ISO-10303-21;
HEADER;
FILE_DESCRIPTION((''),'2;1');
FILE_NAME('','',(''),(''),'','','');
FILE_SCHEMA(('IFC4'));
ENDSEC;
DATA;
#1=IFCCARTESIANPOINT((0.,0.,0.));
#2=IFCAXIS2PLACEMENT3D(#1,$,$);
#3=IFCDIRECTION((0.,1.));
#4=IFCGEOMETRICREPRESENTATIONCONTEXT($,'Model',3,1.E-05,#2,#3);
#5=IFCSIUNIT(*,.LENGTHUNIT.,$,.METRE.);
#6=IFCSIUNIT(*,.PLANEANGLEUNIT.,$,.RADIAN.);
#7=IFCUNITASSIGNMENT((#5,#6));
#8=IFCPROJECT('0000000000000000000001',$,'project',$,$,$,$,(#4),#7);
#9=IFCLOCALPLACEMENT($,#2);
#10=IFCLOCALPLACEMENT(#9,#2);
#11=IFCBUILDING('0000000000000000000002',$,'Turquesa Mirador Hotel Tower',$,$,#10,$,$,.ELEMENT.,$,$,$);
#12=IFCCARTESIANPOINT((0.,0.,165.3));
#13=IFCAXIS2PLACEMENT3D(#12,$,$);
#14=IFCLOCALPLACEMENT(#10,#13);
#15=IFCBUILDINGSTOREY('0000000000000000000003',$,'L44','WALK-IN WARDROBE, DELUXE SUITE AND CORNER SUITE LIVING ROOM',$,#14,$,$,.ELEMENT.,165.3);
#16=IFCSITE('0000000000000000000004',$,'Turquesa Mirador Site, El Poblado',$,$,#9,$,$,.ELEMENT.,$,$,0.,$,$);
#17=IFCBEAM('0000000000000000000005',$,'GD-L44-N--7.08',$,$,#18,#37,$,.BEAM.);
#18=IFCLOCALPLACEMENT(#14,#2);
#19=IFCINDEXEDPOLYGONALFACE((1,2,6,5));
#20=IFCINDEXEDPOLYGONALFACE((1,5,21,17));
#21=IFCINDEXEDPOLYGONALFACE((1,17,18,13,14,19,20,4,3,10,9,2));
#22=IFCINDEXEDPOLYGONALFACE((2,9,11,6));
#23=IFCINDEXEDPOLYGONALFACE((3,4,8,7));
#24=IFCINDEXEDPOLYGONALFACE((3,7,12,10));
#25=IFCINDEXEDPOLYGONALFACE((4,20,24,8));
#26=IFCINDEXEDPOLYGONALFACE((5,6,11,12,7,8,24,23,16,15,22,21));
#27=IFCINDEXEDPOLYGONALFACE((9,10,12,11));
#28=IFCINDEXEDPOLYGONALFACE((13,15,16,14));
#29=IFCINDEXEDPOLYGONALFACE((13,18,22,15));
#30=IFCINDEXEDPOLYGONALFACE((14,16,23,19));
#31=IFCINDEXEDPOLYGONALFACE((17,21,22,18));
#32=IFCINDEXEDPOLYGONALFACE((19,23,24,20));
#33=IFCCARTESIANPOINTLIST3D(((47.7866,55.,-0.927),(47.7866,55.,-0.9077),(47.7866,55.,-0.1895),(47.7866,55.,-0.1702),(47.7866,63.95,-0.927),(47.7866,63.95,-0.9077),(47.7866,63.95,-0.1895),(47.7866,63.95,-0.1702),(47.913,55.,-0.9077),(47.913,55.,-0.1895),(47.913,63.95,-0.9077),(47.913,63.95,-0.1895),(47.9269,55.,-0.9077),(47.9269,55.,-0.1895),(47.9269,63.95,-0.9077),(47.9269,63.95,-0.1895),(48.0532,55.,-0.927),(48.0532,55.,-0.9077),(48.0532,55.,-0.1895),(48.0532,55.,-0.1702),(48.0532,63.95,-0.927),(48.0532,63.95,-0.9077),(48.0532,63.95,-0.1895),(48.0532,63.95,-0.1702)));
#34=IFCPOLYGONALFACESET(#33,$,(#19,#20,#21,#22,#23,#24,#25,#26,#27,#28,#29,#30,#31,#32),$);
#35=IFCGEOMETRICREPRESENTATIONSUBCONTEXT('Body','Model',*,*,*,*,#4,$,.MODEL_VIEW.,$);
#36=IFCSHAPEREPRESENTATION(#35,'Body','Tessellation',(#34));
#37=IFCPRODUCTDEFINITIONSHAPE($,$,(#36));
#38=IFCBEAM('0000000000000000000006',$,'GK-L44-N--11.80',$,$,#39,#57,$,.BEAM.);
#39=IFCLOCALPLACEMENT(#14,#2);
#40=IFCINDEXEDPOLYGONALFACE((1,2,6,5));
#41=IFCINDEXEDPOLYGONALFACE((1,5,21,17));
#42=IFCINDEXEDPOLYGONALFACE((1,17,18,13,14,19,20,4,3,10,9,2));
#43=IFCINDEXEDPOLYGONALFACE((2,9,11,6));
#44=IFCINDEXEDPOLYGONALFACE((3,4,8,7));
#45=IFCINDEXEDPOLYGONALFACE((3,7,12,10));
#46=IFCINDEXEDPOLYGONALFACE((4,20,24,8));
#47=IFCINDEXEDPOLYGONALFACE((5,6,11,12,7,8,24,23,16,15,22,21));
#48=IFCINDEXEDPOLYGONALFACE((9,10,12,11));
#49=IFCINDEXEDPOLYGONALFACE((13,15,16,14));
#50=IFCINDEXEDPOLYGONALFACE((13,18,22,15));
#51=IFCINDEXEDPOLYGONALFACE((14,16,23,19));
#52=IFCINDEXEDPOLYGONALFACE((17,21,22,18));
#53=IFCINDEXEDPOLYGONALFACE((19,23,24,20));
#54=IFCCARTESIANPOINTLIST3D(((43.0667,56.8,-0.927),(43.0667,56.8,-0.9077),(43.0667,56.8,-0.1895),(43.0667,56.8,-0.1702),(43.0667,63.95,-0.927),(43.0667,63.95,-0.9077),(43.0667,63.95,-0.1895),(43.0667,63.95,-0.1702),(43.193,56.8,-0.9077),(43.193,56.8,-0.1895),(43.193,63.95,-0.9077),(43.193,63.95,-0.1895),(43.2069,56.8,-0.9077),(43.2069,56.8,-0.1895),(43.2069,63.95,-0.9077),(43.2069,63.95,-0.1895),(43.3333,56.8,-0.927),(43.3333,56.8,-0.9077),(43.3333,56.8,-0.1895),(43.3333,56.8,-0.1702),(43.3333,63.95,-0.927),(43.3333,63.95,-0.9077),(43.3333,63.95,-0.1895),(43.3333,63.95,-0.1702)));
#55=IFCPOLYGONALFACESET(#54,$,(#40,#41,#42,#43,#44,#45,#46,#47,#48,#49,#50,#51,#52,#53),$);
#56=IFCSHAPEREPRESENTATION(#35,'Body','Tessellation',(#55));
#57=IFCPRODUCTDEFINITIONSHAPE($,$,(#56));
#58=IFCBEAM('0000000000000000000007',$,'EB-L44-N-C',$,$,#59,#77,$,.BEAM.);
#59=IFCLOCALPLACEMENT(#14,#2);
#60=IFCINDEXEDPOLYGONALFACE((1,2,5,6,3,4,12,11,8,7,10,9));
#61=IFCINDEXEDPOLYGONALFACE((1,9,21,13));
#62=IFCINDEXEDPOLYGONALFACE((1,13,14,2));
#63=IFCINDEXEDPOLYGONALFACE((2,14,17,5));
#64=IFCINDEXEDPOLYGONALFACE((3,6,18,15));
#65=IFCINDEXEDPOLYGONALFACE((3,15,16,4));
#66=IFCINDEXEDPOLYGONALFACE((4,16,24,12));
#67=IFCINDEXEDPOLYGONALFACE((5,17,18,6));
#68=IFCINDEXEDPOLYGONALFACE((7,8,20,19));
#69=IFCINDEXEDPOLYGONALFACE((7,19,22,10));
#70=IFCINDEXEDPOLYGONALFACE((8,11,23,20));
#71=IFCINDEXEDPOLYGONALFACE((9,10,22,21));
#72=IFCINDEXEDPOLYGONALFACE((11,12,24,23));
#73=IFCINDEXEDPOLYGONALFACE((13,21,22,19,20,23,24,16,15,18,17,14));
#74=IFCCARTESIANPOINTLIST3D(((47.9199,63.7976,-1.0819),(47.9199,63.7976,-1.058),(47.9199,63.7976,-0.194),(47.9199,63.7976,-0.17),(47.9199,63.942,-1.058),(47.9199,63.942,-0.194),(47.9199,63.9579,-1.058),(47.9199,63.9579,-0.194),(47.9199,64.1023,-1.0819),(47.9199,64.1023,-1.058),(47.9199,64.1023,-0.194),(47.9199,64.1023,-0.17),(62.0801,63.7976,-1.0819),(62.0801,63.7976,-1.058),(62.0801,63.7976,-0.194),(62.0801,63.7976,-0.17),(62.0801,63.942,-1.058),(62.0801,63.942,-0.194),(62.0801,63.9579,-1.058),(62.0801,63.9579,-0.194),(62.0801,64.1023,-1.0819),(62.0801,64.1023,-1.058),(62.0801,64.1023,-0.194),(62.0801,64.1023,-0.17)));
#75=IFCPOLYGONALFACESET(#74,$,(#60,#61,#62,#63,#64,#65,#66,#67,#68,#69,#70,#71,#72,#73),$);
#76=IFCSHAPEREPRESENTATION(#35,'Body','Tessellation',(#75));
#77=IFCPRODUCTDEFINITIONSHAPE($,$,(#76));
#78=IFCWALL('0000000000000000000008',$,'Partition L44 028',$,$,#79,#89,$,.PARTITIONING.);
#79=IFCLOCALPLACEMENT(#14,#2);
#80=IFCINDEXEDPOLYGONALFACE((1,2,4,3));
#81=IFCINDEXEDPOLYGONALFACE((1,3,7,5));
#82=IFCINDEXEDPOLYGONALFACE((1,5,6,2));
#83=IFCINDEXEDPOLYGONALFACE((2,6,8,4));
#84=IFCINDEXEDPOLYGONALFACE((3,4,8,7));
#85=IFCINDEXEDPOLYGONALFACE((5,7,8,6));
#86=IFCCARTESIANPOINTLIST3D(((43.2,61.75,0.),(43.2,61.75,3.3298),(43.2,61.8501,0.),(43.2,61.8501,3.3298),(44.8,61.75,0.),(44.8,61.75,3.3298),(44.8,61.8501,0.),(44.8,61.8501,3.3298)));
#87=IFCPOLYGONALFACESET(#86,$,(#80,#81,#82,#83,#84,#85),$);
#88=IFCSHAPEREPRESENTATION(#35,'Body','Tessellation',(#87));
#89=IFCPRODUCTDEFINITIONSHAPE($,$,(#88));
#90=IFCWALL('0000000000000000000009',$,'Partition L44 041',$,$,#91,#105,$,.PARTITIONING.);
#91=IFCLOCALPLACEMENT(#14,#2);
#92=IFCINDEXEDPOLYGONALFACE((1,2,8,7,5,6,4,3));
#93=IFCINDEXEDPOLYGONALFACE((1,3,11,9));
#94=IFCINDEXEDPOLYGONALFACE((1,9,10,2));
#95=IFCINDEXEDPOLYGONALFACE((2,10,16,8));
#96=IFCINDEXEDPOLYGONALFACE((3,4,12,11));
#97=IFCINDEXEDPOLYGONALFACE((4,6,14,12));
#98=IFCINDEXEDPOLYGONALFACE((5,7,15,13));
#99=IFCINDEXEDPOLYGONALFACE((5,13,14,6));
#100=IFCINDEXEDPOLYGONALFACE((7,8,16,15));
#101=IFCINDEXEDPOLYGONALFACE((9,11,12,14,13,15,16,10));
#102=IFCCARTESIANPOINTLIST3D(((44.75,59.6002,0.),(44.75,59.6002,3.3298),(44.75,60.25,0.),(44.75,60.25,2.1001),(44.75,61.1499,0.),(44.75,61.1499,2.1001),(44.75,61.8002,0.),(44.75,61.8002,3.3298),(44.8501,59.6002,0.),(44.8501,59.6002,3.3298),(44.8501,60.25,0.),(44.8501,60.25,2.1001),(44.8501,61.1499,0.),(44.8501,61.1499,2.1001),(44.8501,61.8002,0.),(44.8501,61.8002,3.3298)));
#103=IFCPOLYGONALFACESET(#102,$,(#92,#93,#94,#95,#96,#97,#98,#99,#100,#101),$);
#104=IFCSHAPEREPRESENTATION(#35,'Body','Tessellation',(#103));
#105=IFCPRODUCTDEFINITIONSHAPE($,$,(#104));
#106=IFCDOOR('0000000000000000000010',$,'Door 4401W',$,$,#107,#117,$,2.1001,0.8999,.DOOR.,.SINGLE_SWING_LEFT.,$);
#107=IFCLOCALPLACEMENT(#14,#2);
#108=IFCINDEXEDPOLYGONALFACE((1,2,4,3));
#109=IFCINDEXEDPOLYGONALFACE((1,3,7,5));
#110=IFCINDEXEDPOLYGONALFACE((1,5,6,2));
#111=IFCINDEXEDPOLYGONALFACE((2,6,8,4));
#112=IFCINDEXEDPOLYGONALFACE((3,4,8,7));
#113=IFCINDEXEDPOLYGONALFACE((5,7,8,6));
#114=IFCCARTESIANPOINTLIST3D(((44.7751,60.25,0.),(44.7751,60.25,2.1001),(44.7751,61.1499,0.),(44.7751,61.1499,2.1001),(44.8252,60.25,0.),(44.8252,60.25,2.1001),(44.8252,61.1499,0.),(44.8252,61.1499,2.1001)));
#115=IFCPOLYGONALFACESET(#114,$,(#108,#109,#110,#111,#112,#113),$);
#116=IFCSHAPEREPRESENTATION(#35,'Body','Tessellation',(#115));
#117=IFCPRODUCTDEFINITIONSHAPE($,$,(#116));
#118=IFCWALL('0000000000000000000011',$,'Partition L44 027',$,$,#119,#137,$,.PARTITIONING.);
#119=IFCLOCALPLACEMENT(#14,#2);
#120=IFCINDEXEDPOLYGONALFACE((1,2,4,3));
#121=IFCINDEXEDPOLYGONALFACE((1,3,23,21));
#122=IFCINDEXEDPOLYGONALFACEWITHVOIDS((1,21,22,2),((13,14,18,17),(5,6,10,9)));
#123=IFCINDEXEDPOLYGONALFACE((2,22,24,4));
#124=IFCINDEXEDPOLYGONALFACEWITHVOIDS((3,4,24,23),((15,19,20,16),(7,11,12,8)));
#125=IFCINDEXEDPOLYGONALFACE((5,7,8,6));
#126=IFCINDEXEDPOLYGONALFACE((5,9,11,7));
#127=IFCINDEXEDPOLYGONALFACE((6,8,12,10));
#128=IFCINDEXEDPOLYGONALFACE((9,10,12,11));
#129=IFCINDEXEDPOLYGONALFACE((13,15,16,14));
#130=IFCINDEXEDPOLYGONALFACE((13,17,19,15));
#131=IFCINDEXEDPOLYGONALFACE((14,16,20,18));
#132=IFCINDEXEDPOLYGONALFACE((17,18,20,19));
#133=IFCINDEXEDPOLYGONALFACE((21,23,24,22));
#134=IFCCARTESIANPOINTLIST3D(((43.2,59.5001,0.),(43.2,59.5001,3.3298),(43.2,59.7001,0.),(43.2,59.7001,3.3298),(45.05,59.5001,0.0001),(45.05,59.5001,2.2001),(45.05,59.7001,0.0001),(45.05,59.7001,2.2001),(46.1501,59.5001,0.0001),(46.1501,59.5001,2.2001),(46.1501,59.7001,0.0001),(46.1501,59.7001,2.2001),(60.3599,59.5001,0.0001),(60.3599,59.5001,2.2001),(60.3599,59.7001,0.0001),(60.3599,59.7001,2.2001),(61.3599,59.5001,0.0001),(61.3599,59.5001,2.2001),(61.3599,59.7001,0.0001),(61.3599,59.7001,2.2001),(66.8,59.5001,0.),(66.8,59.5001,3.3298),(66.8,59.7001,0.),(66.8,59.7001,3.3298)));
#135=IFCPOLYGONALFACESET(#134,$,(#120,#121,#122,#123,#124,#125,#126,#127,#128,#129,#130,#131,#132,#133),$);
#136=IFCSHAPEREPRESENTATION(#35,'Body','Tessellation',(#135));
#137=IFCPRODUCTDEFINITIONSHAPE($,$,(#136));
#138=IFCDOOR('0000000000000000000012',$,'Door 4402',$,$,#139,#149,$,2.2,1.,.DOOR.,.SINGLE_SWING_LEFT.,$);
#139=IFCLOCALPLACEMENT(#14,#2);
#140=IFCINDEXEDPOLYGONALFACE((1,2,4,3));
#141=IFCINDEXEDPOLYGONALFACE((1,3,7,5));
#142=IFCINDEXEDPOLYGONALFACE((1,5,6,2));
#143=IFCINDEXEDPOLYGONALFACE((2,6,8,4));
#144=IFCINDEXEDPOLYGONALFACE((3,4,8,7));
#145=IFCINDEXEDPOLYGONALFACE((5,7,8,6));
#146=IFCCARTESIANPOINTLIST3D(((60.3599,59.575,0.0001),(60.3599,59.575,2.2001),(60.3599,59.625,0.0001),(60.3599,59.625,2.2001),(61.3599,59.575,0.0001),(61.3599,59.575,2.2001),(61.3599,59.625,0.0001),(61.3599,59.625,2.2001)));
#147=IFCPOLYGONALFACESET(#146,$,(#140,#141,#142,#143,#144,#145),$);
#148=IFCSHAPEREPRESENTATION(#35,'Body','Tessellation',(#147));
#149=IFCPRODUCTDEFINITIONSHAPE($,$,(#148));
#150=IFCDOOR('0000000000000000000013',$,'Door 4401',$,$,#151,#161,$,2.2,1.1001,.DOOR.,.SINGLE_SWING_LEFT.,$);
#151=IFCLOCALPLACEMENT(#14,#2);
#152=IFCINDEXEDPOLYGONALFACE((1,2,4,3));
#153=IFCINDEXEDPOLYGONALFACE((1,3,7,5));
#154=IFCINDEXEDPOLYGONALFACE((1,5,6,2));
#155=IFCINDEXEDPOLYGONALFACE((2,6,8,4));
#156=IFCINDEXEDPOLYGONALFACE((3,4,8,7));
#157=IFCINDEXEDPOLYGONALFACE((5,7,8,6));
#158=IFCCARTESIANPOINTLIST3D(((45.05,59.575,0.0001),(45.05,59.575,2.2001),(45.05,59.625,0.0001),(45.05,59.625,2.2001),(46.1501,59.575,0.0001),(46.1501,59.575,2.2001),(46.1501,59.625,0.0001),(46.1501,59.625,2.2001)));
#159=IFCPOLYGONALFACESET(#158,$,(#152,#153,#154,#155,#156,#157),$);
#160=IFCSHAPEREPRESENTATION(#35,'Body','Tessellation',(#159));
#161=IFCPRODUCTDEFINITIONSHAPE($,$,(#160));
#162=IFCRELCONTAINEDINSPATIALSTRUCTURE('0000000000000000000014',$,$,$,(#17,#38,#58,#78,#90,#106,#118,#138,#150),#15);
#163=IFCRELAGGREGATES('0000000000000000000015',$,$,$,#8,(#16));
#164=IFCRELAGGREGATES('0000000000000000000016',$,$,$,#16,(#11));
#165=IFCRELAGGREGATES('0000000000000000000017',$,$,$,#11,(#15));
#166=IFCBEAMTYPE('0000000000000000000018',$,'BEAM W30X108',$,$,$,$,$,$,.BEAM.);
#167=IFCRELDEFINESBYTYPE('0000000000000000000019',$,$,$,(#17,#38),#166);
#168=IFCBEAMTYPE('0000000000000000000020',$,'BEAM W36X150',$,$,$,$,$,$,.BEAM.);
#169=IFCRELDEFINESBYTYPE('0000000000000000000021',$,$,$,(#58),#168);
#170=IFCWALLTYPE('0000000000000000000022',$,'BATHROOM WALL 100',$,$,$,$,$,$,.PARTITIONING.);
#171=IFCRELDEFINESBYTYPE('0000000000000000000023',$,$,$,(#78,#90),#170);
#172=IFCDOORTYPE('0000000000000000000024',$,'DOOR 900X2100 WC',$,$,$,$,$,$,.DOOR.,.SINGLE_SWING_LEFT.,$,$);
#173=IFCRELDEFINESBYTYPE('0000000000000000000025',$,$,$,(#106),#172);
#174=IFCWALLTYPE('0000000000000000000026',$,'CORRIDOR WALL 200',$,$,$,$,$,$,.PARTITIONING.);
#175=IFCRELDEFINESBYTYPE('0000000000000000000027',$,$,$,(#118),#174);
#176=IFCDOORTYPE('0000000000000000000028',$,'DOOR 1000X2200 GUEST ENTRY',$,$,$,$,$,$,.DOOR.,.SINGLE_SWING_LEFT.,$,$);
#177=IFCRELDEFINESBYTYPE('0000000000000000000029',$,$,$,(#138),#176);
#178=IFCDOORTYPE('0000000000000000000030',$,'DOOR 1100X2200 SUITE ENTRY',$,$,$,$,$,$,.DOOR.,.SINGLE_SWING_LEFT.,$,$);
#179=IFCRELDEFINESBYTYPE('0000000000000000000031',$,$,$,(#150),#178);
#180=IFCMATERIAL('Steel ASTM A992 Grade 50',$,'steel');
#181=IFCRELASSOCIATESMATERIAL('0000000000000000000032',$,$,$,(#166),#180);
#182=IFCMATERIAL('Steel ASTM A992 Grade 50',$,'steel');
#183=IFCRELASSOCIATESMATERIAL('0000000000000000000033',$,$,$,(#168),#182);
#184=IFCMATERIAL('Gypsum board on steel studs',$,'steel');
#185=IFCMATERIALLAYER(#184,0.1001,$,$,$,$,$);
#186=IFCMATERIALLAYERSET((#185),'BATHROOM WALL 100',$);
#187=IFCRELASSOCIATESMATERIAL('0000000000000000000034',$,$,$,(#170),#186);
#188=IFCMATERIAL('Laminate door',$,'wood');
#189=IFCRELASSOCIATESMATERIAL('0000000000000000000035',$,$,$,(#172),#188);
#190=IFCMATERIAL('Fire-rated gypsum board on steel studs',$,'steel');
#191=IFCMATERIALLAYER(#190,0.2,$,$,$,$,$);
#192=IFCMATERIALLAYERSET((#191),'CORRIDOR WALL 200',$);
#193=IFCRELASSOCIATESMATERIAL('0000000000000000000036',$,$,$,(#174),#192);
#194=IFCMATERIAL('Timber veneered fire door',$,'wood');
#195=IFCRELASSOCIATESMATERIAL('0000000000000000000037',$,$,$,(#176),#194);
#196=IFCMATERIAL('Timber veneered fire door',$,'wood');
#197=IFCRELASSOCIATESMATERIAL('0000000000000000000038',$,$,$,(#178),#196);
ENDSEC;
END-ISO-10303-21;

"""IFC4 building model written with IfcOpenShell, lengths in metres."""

from ifc_helpers import new_model, si_unit, direction, frame, frame_2d, origin, origin_2d, place, context, subcontext, project, spatial, rectangle, i_section, extrude, material, layer, layer_set, material_profile, profile_set, type_object, element, fill, save


model = new_model("IFC4")

# Units and contexts
model_context = context("Model", 3, precision=1e-05, world=origin(), true_north=direction((0.0, 1.0)))
body_context = subcontext(model_context, "Body", "Model", "MODEL_VIEW")
ifc_project = project(units=[si_unit("LENGTHUNIT", "METRE"), si_unit("PLANEANGLEUNIT", "RADIAN")], contexts=[model_context])

# Site, building, storey
site_placement = place(None, origin())
site = spatial("IfcSite", under=ifc_project, at=site_placement, Name="Turquesa Mirador Site, El Poblado", CompositionType="ELEMENT", RefElevation=0.0)
building_placement = place(site_placement, origin())
building = spatial("IfcBuilding", under=site, at=building_placement, Name="Turquesa Mirador Hotel Tower", CompositionType="ELEMENT")
storey_placement = place(building_placement, frame((0.0, 0.0, 165.3)))
storey = spatial("IfcBuildingStorey", under=building, at=storey_placement, Name="L44", Description="WALK-IN WARDROBE, DELUXE SUITE AND CORNER SUITE LIVING ROOM", CompositionType="ELEMENT", Elevation=165.3)

# Beams
ifc_material_1 = material(Name="Steel ASTM A992 Grade 50", Category="steel")
ifc_material_profile_1 = material_profile(ifc_material_1, i_section(OverallWidth=0.2666, OverallDepth=0.7568, WebThickness=0.0139, FlangeThickness=0.0193, at=origin_2d()), Name="W30X108")
ifc_profile_set_1 = profile_set([ifc_material_profile_1], Name="Steel ASTM A992 Grade 50")
beam_type_1 = type_object("IfcBeamType", Name="BEAM W30X108", PredefinedType="BEAM", material=ifc_profile_set_1)
beam_1_placement = place(storey_placement, frame((47.9199, 63.95, -0.5486), z_axis=(0.0, -1.0, 0.0), x_axis=(1.0, 0.0, 0.0)))
element("IfcBeam", 1, at=beam_1_placement, inside=storey, type_object=beam_type_1, Name="GD-L44-N--7.08", PredefinedType="BEAM", context=body_context, shape_type="SweptSolid", body=[
    extrude(i_section(OverallWidth=0.2666, OverallDepth=0.7568, WebThickness=0.0139, FlangeThickness=0.0193, at=origin_2d()), origin(), (0.0, 0.0, 1.0), 8.95),
])
beam_2_placement = place(storey_placement, frame((43.2, 63.95, -0.5486), z_axis=(0.0, -1.0, 0.0), x_axis=(1.0, 0.0, 0.0)))
element("IfcBeam", 2, at=beam_2_placement, inside=storey, type_object=beam_type_1, Name="GK-L44-N--11.80", PredefinedType="BEAM", context=body_context, shape_type="SweptSolid", body=[
    extrude(i_section(OverallWidth=0.2666, OverallDepth=0.7568, WebThickness=0.0139, FlangeThickness=0.0193, at=origin_2d()), origin(), (0.0, 0.0, 1.0), 7.1499),
])
ifc_material_2 = material(Name="Steel ASTM A992 Grade 50", Category="steel")
ifc_material_profile_2 = material_profile(ifc_material_2, i_section(OverallWidth=0.3047, OverallDepth=0.9119, WebThickness=0.0159, FlangeThickness=0.0239, at=origin_2d()), Name="W36X150")
ifc_profile_set_2 = profile_set([ifc_material_profile_2], Name="Steel ASTM A992 Grade 50")
beam_type_2 = type_object("IfcBeamType", Name="BEAM W36X150", PredefinedType="BEAM", material=ifc_profile_set_2)
beam_3_placement = place(storey_placement, frame((47.9199, 63.95, -0.626), z_axis=(1.0, 0.0, 0.0), x_axis=(0.0, 1.0, 0.0)))
element("IfcBeam", 3, at=beam_3_placement, inside=storey, type_object=beam_type_2, Name="EB-L44-N-C", PredefinedType="BEAM", context=body_context, shape_type="SweptSolid", body=[
    extrude(i_section(OverallWidth=0.3047, OverallDepth=0.9119, WebThickness=0.0159, FlangeThickness=0.0239, at=origin_2d()), origin(), (0.0, 0.0, 1.0), 14.1602),
])

# Wall
ifc_material_3 = material(Name="Gypsum board on steel studs", Category="steel")
ifc_layer_1 = layer(ifc_material_3, 0.1001)
ifc_layer_set_1 = layer_set([ifc_layer_1], Name="BATHROOM WALL 100")
wall_type_1 = type_object("IfcWallType", Name="BATHROOM WALL 100", PredefinedType="PARTITIONING", material=ifc_layer_set_1)
wall_1_placement = place(storey_placement, frame((43.2, 61.8, 0.0), z_axis=(0.0, 0.0, 1.0), x_axis=(1.0, 0.0, 0.0)))
element("IfcWall", 4, at=wall_1_placement, inside=storey, type_object=wall_type_1, Name="Partition L44 028", PredefinedType="PARTITIONING", context=body_context, shape_type="SweptSolid", body=[
    extrude(rectangle(XDim=1.6001, YDim=0.1001, at=frame_2d((0.8, 0.0))), origin(), (0.0, 0.0, 1.0), 3.3298),
])

# Wall, opening, door
wall_2_placement = place(storey_placement, frame((44.8, 59.6001, 0.0), z_axis=(0.0, 0.0, 1.0), x_axis=(0.0, 1.0, 0.0)))
wall_2 = element("IfcWall", 5, at=wall_2_placement, inside=storey, type_object=wall_type_1, Name="Partition L44 041", PredefinedType="PARTITIONING", context=body_context, shape_type="SweptSolid", body=[
    extrude(rectangle(XDim=2.2, YDim=0.1001, at=frame_2d((1.1001, 0.0))), origin(), (0.0, 0.0, 1.0), 3.3298),
])
opening_1_placement = place(wall_2_placement, frame((0.6499, 0.0, 0.0)))
opening_1 = element("IfcOpeningElement", 6, at=opening_1_placement, cuts=wall_2, PredefinedType="OPENING", context=body_context, shape_type="SweptSolid", body=[
    extrude(rectangle(XDim=0.8999, YDim=2.1001, at=frame_2d((0.45, 1.05))), frame((0.0, 0.0601, 0.0), z_axis=(0.0, -1.0, 0.0), x_axis=(1.0, 0.0, 0.0)), (0.0, 0.0, 1.0), 0.1201),
])
ifc_material_4 = material(Name="Laminate door", Category="wood")
door_type_1 = type_object("IfcDoorType", Name="DOOR 900X2100 WC", OperationType="SINGLE_SWING_LEFT", PredefinedType="DOOR", material=ifc_material_4)
door_1_placement = place(opening_1_placement, origin())
door_1 = element("IfcDoor", 7, at=door_1_placement, inside=storey, type_object=door_type_1, Name="Door 4401W", OperationType="SINGLE_SWING_LEFT", OverallHeight=2.1001, OverallWidth=0.8999, PredefinedType="DOOR", context=body_context, shape_type="SweptSolid", body=[
    extrude(rectangle(XDim=0.8999, YDim=2.1001, at=frame_2d((0.45, 1.05))), frame((0.0, 0.0249, 0.0), z_axis=(0.0, -1.0, 0.0), x_axis=(1.0, 0.0, 0.0)), (0.0, 0.0, 1.0), 0.05),
])
fill(opening_1, door_1)

# Wall, openings, doors
ifc_material_5 = material(Name="Fire-rated gypsum board on steel studs", Category="steel")
ifc_layer_2 = layer(ifc_material_5, 0.2)
ifc_layer_set_2 = layer_set([ifc_layer_2], Name="CORRIDOR WALL 200")
wall_type_2 = type_object("IfcWallType", Name="CORRIDOR WALL 200", PredefinedType="PARTITIONING", material=ifc_layer_set_2)
wall_3_placement = place(storey_placement, frame((43.2, 59.6001, 0.0), z_axis=(0.0, 0.0, 1.0), x_axis=(1.0, 0.0, 0.0)))
wall_3 = element("IfcWall", 8, at=wall_3_placement, inside=storey, type_object=wall_type_2, Name="Partition L44 027", PredefinedType="PARTITIONING", context=body_context, shape_type="SweptSolid", body=[
    extrude(rectangle(XDim=23.6001, YDim=0.2, at=frame_2d((11.8, 0.0))), origin(), (0.0, 0.0, 1.0), 3.3298),
])
opening_2_placement = place(wall_3_placement, frame((1.8501, 0.0, 0.0)))
opening_2 = element("IfcOpeningElement", 9, at=opening_2_placement, cuts=wall_3, PredefinedType="OPENING", context=body_context, shape_type="SweptSolid", body=[
    extrude(rectangle(XDim=1.1001, YDim=2.2, at=frame_2d((0.55, 1.1001))), frame((0.0, 0.1099, 0.0), z_axis=(0.0, -1.0, 0.0), x_axis=(1.0, 0.0, 0.0)), (0.0, 0.0, 1.0), 0.22),
])
opening_3_placement = place(wall_3_placement, frame((17.1599, 0.0, 0.0)))
opening_3 = element("IfcOpeningElement", 10, at=opening_3_placement, cuts=wall_3, PredefinedType="OPENING", context=body_context, shape_type="SweptSolid", body=[
    extrude(rectangle(XDim=1.0, YDim=2.2, at=frame_2d((0.5, 1.1001))), frame((0.0, 0.1099, 0.0), z_axis=(0.0, -1.0, 0.0), x_axis=(1.0, 0.0, 0.0)), (0.0, 0.0, 1.0), 0.22),
])
ifc_material_6 = material(Name="Timber veneered fire door", Category="wood")
door_type_2 = type_object("IfcDoorType", Name="DOOR 1000X2200 GUEST ENTRY", OperationType="SINGLE_SWING_LEFT", PredefinedType="DOOR", material=ifc_material_6)
door_2_placement = place(opening_3_placement, origin())
door_2 = element("IfcDoor", 11, at=door_2_placement, inside=storey, type_object=door_type_2, Name="Door 4402", OperationType="SINGLE_SWING_LEFT", OverallHeight=2.2, OverallWidth=1.0, PredefinedType="DOOR", context=body_context, shape_type="SweptSolid", body=[
    extrude(rectangle(XDim=1.0, YDim=2.2, at=frame_2d((0.5, 1.1001))), frame((0.0, 0.0249, 0.0), z_axis=(0.0, -1.0, 0.0), x_axis=(1.0, 0.0, 0.0)), (0.0, 0.0, 1.0), 0.05),
])
fill(opening_3, door_2)
ifc_material_7 = material(Name="Timber veneered fire door", Category="wood")
door_type_3 = type_object("IfcDoorType", Name="DOOR 1100X2200 SUITE ENTRY", OperationType="SINGLE_SWING_LEFT", PredefinedType="DOOR", material=ifc_material_7)
door_3_placement = place(opening_2_placement, origin())
door_3 = element("IfcDoor", 12, at=door_3_placement, inside=storey, type_object=door_type_3, Name="Door 4401", OperationType="SINGLE_SWING_LEFT", OverallHeight=2.2, OverallWidth=1.1001, PredefinedType="DOOR", context=body_context, shape_type="SweptSolid", body=[
    extrude(rectangle(XDim=1.1001, YDim=2.2, at=frame_2d((0.55, 1.1001))), frame((0.0, 0.0249, 0.0), z_axis=(0.0, -1.0, 0.0), x_axis=(1.0, 0.0, 0.0)), (0.0, 0.0, 1.0), 0.05),
])
fill(opening_2, door_3)

save(model, "model.ifc")
